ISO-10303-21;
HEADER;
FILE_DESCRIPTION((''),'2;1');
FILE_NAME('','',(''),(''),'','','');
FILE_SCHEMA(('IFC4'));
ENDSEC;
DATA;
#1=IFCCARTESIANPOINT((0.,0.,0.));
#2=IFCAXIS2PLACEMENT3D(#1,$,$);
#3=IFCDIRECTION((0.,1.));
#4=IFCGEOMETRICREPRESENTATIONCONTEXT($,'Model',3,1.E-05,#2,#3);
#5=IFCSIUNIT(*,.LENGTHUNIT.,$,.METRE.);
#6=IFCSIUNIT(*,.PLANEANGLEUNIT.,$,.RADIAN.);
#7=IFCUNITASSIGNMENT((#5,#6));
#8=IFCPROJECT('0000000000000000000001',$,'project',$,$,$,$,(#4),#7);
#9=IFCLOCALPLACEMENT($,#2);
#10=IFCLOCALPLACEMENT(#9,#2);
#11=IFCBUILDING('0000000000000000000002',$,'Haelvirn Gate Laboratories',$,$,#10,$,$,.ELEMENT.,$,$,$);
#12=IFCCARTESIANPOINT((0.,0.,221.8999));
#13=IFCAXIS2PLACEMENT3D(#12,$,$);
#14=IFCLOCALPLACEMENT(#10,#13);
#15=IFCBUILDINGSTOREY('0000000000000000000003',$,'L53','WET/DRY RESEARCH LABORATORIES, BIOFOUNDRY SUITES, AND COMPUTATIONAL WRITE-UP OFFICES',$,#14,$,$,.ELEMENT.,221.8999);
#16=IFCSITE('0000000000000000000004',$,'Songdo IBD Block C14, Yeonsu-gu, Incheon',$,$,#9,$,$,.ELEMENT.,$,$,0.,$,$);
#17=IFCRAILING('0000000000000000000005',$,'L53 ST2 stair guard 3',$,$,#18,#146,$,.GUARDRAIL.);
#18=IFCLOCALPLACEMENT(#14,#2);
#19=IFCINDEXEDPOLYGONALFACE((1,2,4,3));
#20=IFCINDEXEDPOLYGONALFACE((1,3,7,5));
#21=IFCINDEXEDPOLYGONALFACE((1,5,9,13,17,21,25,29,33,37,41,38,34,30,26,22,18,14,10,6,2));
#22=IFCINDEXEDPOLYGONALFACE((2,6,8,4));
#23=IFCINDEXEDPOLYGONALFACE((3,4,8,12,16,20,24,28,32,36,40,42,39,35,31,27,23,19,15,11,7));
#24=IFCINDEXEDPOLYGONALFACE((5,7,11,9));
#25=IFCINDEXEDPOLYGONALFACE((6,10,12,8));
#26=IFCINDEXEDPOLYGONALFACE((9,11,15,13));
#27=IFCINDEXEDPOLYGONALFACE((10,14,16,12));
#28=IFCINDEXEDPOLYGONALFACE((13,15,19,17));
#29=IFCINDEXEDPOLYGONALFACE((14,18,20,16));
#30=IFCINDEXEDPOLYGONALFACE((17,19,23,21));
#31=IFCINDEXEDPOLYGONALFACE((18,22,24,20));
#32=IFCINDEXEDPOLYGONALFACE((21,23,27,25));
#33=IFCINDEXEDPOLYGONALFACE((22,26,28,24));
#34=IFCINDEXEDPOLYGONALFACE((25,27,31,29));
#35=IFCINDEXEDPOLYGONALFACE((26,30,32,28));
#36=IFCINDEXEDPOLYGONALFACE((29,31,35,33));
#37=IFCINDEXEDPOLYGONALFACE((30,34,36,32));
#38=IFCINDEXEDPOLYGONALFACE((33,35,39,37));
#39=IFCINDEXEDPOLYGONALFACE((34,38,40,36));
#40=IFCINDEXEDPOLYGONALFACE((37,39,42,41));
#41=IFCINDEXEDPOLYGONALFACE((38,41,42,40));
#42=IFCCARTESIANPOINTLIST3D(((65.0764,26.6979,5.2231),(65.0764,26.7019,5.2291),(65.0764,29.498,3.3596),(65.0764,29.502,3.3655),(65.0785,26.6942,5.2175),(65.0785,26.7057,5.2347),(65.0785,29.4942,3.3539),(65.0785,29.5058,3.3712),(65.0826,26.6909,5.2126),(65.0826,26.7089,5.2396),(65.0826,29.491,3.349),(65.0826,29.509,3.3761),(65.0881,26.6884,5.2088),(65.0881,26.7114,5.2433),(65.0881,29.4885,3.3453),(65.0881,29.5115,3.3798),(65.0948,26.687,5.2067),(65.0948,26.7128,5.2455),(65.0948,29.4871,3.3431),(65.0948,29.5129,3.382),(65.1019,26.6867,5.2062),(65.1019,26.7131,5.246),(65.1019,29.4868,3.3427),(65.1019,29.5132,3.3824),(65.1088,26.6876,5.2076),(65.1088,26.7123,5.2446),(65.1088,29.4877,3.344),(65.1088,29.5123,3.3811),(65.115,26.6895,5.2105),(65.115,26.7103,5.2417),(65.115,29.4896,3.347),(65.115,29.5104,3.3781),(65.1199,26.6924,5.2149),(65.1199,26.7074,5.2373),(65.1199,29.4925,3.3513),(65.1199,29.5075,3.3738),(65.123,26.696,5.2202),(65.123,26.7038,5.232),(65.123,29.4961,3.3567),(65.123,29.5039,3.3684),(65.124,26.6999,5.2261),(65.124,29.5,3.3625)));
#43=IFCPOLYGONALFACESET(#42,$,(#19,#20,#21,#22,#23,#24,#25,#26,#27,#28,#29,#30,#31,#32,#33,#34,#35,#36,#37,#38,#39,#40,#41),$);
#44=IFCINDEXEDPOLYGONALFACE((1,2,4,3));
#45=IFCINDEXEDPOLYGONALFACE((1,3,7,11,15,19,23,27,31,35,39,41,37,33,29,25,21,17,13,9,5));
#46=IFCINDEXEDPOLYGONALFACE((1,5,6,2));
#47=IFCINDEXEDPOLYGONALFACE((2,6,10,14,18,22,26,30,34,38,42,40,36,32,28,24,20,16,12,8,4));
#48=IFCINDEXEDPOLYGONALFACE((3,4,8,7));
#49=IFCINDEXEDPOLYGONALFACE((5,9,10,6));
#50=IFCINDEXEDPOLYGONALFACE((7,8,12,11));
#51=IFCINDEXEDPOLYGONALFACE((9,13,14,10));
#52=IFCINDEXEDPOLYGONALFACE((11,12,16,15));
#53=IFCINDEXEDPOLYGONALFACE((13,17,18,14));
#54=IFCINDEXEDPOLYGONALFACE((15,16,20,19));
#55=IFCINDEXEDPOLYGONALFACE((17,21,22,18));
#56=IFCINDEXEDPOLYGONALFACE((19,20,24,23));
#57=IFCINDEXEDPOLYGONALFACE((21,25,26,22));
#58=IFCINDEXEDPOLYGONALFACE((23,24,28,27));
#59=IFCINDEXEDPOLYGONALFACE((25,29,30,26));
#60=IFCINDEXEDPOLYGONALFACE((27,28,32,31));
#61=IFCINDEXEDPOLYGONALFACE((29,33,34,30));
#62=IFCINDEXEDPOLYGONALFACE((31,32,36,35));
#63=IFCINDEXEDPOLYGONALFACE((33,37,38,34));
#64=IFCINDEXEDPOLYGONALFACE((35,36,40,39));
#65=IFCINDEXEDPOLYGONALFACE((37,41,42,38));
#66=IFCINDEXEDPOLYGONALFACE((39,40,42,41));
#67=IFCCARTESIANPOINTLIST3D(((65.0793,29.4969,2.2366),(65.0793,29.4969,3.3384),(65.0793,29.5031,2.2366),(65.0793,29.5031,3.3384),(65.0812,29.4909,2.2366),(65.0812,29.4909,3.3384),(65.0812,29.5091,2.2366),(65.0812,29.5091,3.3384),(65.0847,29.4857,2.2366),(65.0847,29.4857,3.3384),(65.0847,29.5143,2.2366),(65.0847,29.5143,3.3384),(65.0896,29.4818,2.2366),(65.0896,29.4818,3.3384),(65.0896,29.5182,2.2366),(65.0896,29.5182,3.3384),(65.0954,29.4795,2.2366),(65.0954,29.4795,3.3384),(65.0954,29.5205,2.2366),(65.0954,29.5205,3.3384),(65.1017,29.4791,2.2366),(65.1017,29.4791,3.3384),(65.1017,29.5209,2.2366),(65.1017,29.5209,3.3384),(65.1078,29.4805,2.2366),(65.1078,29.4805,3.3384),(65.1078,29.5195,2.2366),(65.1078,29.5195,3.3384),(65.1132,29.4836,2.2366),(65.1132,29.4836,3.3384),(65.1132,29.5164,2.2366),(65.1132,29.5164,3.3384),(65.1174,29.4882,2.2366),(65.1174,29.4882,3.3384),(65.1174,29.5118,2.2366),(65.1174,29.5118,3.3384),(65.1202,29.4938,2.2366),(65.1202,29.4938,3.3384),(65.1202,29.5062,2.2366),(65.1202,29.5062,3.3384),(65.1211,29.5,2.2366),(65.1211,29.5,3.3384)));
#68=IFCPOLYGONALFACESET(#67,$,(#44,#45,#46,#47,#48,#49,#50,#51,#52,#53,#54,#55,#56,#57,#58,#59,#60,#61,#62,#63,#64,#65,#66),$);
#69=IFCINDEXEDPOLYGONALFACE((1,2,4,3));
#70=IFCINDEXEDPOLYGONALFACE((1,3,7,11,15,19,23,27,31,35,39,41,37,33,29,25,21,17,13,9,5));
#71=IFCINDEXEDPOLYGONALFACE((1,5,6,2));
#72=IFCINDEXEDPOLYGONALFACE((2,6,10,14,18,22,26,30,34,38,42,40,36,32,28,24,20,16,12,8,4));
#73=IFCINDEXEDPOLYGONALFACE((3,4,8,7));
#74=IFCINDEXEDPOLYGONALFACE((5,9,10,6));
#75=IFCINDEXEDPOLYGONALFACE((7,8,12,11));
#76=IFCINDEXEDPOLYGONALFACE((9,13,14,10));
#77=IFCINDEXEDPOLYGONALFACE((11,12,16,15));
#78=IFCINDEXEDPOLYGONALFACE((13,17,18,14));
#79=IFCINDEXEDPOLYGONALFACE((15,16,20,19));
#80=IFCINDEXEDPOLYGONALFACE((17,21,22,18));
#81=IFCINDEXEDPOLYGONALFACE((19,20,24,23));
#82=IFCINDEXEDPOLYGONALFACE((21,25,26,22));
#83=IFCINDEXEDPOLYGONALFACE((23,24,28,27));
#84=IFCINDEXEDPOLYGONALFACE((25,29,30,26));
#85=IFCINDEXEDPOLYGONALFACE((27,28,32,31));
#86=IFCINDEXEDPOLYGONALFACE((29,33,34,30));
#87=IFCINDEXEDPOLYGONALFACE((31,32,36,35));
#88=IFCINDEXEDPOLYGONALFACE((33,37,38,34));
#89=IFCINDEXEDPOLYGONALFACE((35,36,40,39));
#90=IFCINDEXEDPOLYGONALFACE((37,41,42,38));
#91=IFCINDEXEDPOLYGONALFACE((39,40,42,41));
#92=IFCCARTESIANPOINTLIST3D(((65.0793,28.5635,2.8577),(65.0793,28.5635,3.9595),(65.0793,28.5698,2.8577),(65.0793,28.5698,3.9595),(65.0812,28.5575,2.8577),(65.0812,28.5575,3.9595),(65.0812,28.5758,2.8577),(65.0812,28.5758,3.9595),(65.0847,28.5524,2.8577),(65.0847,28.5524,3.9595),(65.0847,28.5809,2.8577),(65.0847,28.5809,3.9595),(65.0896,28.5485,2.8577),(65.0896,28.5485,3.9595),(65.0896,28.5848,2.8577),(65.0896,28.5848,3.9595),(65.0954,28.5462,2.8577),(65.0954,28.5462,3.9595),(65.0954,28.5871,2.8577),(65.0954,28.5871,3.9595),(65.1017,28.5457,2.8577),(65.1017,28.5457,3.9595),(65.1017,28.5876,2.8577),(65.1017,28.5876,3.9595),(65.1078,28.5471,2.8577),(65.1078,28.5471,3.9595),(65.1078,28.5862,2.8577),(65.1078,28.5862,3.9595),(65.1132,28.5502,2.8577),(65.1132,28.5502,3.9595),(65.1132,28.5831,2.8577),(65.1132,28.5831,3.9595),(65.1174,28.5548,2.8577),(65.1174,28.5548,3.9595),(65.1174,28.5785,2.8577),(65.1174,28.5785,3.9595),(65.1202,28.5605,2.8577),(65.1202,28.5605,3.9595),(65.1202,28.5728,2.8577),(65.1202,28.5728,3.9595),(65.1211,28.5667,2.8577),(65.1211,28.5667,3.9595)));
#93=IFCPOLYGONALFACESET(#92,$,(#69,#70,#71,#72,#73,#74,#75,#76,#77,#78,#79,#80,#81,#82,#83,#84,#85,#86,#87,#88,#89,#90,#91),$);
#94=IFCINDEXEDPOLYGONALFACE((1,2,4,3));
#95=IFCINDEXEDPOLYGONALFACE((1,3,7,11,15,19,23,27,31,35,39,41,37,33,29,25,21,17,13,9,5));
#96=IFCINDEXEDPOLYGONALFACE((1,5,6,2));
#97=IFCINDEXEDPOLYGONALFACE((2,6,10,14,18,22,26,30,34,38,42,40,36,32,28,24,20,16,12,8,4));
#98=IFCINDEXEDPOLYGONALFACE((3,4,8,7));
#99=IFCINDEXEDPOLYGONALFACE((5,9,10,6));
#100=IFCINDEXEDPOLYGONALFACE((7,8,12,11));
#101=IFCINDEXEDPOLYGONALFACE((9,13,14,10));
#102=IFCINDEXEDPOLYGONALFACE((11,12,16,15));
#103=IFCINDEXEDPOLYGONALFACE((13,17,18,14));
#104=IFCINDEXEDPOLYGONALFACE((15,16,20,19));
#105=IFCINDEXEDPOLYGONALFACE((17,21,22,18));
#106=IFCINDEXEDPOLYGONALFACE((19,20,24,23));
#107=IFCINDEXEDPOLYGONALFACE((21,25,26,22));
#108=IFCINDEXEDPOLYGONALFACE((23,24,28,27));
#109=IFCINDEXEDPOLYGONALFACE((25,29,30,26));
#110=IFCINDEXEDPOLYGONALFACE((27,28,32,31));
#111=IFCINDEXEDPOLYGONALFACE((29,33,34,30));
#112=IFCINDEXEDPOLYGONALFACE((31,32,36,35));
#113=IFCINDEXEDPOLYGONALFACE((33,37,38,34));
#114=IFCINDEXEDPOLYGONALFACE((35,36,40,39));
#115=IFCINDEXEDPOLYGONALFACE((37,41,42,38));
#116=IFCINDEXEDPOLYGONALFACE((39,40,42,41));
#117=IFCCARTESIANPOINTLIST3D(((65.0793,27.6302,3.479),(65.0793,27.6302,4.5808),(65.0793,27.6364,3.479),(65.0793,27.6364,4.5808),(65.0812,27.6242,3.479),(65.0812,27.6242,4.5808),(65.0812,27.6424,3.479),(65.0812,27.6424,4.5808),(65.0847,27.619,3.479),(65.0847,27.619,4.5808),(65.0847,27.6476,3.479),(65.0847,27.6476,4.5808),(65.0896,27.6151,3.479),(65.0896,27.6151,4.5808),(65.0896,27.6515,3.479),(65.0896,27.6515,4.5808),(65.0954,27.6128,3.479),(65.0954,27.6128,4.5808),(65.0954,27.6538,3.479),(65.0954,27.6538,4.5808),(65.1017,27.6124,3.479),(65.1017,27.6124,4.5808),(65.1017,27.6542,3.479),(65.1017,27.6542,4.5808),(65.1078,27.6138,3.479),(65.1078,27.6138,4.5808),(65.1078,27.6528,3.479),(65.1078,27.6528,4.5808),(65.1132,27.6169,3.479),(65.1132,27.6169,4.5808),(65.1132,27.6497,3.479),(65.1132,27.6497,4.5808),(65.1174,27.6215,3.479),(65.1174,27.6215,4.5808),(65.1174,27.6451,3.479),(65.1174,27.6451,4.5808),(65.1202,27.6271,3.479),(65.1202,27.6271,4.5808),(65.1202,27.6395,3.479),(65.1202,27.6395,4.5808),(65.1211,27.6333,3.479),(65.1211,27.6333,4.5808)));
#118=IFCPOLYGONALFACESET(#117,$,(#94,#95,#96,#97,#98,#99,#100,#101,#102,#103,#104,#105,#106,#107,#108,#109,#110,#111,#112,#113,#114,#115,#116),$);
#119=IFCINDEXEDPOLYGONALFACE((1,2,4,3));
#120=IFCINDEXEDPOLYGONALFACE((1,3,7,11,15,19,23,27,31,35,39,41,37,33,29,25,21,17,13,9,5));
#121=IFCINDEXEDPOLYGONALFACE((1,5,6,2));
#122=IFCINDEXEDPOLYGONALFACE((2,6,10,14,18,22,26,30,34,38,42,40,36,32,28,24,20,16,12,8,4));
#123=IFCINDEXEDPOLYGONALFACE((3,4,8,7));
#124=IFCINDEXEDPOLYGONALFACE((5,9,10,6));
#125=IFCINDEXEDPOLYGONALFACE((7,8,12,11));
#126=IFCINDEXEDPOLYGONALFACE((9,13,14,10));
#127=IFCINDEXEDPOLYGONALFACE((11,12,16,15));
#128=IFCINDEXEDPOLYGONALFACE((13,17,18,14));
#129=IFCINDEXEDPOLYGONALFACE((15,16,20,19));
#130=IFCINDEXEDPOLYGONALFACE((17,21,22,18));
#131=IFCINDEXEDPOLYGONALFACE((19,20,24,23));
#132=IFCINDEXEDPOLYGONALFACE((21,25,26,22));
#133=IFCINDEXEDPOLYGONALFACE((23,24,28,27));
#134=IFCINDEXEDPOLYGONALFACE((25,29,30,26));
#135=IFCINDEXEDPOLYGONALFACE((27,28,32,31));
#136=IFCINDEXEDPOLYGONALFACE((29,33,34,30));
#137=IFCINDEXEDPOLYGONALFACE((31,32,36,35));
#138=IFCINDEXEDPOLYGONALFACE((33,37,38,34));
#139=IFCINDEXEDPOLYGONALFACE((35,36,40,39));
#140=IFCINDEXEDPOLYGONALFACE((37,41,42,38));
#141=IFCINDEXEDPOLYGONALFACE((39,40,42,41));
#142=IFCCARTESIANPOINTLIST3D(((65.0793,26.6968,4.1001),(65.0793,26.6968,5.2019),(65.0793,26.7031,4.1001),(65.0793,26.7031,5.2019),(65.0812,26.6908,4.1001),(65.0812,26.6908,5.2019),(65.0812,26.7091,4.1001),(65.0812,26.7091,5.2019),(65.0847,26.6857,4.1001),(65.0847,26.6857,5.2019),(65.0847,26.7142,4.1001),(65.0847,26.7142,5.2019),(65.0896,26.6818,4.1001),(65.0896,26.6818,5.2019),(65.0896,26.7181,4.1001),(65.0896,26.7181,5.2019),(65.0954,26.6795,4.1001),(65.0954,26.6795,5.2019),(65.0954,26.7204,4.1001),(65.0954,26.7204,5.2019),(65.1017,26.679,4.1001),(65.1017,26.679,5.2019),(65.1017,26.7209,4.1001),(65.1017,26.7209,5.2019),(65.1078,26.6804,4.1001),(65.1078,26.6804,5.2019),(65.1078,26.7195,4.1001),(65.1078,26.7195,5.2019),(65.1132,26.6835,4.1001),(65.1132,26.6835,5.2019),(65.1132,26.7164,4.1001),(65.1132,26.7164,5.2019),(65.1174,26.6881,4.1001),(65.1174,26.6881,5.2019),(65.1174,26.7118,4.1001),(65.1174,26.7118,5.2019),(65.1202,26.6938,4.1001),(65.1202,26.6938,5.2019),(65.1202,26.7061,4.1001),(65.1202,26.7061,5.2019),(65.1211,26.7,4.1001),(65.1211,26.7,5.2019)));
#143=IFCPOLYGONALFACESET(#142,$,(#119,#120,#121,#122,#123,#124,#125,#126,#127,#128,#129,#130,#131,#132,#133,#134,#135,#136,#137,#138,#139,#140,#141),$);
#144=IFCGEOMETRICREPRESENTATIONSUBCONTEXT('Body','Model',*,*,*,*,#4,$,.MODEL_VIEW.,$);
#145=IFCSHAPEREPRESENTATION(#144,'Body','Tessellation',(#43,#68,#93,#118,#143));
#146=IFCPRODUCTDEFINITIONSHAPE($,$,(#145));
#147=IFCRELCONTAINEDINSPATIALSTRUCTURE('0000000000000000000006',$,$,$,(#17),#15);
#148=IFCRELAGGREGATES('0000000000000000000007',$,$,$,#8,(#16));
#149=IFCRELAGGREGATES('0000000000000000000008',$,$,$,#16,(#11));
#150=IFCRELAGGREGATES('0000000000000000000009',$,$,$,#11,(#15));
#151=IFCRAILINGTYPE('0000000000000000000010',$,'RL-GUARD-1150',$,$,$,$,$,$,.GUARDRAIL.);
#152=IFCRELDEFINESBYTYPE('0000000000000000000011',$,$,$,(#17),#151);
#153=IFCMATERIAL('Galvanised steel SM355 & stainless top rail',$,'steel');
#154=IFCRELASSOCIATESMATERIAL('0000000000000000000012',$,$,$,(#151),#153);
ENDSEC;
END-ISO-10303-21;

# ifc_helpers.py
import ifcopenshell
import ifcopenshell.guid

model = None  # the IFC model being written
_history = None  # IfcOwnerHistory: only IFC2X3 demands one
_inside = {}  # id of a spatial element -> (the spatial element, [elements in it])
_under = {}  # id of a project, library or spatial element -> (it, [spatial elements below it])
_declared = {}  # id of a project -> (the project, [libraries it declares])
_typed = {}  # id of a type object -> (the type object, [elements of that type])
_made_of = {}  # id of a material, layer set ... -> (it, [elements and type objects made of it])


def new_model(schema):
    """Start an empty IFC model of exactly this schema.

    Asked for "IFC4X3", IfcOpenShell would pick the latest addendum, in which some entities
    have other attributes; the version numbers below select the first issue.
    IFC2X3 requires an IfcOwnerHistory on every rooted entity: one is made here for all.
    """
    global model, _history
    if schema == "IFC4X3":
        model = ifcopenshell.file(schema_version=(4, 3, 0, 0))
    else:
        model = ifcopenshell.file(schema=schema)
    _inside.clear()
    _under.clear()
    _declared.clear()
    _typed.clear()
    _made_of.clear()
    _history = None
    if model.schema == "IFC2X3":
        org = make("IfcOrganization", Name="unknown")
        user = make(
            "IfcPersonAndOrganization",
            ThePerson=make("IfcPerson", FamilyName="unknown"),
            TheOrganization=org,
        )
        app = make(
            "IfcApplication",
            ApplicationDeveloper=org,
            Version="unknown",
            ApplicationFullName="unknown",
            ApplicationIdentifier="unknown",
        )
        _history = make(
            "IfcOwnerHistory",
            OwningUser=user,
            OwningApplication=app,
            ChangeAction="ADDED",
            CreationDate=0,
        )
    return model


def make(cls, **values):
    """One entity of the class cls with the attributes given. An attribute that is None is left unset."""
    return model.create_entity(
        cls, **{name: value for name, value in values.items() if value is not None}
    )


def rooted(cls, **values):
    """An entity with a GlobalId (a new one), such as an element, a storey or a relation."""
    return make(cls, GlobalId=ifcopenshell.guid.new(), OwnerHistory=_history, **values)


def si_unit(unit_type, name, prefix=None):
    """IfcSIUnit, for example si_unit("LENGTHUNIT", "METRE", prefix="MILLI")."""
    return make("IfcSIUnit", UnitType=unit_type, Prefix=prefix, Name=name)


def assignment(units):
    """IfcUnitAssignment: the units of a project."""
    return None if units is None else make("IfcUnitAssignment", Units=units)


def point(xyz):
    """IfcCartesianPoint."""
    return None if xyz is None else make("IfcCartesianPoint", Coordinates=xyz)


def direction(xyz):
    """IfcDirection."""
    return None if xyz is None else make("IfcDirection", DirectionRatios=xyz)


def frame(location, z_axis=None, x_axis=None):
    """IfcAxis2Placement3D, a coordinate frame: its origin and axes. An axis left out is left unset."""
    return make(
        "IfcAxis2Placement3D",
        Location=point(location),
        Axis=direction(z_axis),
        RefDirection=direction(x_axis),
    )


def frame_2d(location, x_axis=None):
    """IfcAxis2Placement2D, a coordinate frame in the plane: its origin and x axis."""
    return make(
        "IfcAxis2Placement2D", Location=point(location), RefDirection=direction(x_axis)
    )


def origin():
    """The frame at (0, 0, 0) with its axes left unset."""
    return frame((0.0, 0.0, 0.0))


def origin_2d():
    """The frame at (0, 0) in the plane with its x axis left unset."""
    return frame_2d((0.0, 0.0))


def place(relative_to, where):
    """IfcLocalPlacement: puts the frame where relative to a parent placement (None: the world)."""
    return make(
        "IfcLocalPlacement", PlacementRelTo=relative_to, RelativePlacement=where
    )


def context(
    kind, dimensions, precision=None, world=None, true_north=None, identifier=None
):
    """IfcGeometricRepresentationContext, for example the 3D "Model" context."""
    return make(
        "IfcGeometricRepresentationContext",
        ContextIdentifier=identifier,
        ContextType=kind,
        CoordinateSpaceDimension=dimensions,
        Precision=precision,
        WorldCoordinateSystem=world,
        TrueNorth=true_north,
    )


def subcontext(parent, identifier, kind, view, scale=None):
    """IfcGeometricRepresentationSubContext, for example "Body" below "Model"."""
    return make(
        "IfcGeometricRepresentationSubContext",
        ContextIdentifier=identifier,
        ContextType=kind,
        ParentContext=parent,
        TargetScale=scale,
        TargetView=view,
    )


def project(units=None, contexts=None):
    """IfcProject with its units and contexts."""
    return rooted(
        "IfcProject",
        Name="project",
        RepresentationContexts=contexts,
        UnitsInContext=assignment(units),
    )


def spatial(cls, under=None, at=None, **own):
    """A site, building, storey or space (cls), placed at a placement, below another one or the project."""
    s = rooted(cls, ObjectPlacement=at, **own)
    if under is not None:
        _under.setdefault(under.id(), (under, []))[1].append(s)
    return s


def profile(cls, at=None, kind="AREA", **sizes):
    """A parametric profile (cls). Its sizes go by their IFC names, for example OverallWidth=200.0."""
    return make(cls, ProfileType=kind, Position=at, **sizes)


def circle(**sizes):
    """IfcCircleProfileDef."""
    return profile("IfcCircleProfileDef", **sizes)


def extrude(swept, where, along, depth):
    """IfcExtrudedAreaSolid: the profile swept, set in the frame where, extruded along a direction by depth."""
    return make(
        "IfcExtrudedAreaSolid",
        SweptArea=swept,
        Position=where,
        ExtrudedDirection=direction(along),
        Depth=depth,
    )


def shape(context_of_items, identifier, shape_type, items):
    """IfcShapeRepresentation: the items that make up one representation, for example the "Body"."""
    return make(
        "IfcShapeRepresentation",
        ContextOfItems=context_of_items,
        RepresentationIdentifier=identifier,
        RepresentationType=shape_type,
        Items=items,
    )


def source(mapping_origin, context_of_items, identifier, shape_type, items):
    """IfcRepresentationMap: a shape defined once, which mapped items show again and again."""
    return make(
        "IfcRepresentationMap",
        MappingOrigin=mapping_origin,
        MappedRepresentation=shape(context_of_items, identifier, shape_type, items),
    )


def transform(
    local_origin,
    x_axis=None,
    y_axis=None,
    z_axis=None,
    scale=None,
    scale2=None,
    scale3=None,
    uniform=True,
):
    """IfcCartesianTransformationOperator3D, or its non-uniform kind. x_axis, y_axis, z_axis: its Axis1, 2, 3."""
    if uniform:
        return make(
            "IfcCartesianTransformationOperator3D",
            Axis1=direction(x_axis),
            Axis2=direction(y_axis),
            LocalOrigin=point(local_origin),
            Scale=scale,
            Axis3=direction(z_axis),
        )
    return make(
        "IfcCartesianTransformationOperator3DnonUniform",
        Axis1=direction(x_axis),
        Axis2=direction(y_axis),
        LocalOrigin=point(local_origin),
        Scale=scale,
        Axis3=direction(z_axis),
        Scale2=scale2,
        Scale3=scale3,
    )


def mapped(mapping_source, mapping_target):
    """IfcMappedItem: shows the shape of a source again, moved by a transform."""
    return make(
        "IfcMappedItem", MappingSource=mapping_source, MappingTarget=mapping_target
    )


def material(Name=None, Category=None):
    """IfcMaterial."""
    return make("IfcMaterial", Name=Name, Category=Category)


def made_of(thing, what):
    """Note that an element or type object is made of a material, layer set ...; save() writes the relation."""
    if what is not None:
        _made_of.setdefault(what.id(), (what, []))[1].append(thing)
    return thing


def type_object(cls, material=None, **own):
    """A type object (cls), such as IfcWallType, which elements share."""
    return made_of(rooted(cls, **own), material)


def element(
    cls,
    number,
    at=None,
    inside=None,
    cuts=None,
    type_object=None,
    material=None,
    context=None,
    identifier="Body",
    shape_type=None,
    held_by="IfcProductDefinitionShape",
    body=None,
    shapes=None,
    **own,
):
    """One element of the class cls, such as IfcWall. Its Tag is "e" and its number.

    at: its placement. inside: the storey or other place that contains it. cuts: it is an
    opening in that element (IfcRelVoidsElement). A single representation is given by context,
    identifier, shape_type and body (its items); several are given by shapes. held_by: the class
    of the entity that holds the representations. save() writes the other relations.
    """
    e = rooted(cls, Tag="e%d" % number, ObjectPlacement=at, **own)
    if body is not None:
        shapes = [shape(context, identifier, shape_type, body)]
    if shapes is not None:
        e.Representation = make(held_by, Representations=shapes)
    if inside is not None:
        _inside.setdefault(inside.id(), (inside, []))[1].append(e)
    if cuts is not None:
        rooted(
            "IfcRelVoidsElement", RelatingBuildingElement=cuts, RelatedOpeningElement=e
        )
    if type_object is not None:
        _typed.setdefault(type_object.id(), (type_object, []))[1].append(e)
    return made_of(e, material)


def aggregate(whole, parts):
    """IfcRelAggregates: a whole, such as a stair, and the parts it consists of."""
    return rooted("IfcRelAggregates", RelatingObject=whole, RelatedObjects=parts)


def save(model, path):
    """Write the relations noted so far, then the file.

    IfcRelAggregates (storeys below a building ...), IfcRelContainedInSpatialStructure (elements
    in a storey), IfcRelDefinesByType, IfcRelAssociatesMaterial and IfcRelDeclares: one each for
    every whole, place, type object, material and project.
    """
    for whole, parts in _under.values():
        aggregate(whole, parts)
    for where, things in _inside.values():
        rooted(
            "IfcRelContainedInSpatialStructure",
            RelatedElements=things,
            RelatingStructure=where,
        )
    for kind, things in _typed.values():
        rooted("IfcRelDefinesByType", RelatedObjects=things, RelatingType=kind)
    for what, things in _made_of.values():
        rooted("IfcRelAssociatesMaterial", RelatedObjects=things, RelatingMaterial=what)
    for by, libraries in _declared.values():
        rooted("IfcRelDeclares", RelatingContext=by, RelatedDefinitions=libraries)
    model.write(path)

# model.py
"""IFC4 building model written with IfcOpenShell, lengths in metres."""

from ifc_helpers import new_model, si_unit, direction, frame, origin, origin_2d, place, context, subcontext, project, spatial, circle, extrude, source, transform, mapped, material, type_object, element, save


model = new_model("IFC4")

# Units and contexts
model_context = context("Model", 3, precision=1e-05, world=origin(), true_north=direction((0.0, 1.0)))
body_context = subcontext(model_context, "Body", "Model", "MODEL_VIEW")
ifc_project = project(units=[si_unit("LENGTHUNIT", "METRE"), si_unit("PLANEANGLEUNIT", "RADIAN")], contexts=[model_context])

# Site, building, storey
site_placement = place(None, origin())
site = spatial("IfcSite", under=ifc_project, at=site_placement, Name="Songdo IBD Block C14, Yeonsu-gu, Incheon", CompositionType="ELEMENT", RefElevation=0.0)
building_placement = place(site_placement, origin())
building = spatial("IfcBuilding", under=site, at=building_placement, Name="Haelvirn Gate Laboratories", CompositionType="ELEMENT")
storey_placement = place(building_placement, frame((0.0, 0.0, 221.8999)))
storey = spatial("IfcBuildingStorey", under=building, at=storey_placement, Name="L53", Description="WET/DRY RESEARCH LABORATORIES, BIOFOUNDRY SUITES, AND COMPUTATIONAL WRITE-UP OFFICES", CompositionType="ELEMENT", Elevation=221.8999)

# Railing
ifc_material_1 = material(Name="Galvanised steel SM355 & stainless top rail", Category="steel")
railing_type_1 = type_object("IfcRailingType", Name="RL-GUARD-1150", PredefinedType="GUARDRAIL", material=ifc_material_1)
shared_shape_1 = source(origin(), body_context, "Body", "SweptSolid", [
    extrude(circle(Radius=0.0239, at=origin_2d()), frame((0.0, 0.0, 1.126), z_axis=(0.0, -0.832486, 0.554047), x_axis=(1.0, 0.0, 0.0)), (0.0, 0.0, 1.0), 3.3635),
    extrude(circle(Radius=0.021, at=origin_2d()), origin(), (0.0, 0.0, 1.0), 1.1018),
    extrude(circle(Radius=0.021, at=origin_2d()), frame((0.0, -0.9333, 0.6211)), (0.0, 0.0, 1.0), 1.1018),
    extrude(circle(Radius=0.021, at=origin_2d()), frame((0.0, -1.8667, 1.2424)), (0.0, 0.0, 1.0), 1.1018),
    extrude(circle(Radius=0.021, at=origin_2d()), frame((0.0, -2.8, 1.8635)), (0.0, 0.0, 1.0), 1.1018),
])
railing_1_placement = place(storey_placement, frame((65.1001, 29.5, 2.2366)))
element("IfcRailing", 1, at=railing_1_placement, inside=storey, type_object=railing_type_1, Name="L53 ST2 stair guard 3", PredefinedType="GUARDRAIL", context=body_context, shape_type="MappedRepresentation", body=[
    mapped(shared_shape_1, transform((0.0, 0.0, 0.0), scale=1.0)),
])

save(model, "model.ifc")
